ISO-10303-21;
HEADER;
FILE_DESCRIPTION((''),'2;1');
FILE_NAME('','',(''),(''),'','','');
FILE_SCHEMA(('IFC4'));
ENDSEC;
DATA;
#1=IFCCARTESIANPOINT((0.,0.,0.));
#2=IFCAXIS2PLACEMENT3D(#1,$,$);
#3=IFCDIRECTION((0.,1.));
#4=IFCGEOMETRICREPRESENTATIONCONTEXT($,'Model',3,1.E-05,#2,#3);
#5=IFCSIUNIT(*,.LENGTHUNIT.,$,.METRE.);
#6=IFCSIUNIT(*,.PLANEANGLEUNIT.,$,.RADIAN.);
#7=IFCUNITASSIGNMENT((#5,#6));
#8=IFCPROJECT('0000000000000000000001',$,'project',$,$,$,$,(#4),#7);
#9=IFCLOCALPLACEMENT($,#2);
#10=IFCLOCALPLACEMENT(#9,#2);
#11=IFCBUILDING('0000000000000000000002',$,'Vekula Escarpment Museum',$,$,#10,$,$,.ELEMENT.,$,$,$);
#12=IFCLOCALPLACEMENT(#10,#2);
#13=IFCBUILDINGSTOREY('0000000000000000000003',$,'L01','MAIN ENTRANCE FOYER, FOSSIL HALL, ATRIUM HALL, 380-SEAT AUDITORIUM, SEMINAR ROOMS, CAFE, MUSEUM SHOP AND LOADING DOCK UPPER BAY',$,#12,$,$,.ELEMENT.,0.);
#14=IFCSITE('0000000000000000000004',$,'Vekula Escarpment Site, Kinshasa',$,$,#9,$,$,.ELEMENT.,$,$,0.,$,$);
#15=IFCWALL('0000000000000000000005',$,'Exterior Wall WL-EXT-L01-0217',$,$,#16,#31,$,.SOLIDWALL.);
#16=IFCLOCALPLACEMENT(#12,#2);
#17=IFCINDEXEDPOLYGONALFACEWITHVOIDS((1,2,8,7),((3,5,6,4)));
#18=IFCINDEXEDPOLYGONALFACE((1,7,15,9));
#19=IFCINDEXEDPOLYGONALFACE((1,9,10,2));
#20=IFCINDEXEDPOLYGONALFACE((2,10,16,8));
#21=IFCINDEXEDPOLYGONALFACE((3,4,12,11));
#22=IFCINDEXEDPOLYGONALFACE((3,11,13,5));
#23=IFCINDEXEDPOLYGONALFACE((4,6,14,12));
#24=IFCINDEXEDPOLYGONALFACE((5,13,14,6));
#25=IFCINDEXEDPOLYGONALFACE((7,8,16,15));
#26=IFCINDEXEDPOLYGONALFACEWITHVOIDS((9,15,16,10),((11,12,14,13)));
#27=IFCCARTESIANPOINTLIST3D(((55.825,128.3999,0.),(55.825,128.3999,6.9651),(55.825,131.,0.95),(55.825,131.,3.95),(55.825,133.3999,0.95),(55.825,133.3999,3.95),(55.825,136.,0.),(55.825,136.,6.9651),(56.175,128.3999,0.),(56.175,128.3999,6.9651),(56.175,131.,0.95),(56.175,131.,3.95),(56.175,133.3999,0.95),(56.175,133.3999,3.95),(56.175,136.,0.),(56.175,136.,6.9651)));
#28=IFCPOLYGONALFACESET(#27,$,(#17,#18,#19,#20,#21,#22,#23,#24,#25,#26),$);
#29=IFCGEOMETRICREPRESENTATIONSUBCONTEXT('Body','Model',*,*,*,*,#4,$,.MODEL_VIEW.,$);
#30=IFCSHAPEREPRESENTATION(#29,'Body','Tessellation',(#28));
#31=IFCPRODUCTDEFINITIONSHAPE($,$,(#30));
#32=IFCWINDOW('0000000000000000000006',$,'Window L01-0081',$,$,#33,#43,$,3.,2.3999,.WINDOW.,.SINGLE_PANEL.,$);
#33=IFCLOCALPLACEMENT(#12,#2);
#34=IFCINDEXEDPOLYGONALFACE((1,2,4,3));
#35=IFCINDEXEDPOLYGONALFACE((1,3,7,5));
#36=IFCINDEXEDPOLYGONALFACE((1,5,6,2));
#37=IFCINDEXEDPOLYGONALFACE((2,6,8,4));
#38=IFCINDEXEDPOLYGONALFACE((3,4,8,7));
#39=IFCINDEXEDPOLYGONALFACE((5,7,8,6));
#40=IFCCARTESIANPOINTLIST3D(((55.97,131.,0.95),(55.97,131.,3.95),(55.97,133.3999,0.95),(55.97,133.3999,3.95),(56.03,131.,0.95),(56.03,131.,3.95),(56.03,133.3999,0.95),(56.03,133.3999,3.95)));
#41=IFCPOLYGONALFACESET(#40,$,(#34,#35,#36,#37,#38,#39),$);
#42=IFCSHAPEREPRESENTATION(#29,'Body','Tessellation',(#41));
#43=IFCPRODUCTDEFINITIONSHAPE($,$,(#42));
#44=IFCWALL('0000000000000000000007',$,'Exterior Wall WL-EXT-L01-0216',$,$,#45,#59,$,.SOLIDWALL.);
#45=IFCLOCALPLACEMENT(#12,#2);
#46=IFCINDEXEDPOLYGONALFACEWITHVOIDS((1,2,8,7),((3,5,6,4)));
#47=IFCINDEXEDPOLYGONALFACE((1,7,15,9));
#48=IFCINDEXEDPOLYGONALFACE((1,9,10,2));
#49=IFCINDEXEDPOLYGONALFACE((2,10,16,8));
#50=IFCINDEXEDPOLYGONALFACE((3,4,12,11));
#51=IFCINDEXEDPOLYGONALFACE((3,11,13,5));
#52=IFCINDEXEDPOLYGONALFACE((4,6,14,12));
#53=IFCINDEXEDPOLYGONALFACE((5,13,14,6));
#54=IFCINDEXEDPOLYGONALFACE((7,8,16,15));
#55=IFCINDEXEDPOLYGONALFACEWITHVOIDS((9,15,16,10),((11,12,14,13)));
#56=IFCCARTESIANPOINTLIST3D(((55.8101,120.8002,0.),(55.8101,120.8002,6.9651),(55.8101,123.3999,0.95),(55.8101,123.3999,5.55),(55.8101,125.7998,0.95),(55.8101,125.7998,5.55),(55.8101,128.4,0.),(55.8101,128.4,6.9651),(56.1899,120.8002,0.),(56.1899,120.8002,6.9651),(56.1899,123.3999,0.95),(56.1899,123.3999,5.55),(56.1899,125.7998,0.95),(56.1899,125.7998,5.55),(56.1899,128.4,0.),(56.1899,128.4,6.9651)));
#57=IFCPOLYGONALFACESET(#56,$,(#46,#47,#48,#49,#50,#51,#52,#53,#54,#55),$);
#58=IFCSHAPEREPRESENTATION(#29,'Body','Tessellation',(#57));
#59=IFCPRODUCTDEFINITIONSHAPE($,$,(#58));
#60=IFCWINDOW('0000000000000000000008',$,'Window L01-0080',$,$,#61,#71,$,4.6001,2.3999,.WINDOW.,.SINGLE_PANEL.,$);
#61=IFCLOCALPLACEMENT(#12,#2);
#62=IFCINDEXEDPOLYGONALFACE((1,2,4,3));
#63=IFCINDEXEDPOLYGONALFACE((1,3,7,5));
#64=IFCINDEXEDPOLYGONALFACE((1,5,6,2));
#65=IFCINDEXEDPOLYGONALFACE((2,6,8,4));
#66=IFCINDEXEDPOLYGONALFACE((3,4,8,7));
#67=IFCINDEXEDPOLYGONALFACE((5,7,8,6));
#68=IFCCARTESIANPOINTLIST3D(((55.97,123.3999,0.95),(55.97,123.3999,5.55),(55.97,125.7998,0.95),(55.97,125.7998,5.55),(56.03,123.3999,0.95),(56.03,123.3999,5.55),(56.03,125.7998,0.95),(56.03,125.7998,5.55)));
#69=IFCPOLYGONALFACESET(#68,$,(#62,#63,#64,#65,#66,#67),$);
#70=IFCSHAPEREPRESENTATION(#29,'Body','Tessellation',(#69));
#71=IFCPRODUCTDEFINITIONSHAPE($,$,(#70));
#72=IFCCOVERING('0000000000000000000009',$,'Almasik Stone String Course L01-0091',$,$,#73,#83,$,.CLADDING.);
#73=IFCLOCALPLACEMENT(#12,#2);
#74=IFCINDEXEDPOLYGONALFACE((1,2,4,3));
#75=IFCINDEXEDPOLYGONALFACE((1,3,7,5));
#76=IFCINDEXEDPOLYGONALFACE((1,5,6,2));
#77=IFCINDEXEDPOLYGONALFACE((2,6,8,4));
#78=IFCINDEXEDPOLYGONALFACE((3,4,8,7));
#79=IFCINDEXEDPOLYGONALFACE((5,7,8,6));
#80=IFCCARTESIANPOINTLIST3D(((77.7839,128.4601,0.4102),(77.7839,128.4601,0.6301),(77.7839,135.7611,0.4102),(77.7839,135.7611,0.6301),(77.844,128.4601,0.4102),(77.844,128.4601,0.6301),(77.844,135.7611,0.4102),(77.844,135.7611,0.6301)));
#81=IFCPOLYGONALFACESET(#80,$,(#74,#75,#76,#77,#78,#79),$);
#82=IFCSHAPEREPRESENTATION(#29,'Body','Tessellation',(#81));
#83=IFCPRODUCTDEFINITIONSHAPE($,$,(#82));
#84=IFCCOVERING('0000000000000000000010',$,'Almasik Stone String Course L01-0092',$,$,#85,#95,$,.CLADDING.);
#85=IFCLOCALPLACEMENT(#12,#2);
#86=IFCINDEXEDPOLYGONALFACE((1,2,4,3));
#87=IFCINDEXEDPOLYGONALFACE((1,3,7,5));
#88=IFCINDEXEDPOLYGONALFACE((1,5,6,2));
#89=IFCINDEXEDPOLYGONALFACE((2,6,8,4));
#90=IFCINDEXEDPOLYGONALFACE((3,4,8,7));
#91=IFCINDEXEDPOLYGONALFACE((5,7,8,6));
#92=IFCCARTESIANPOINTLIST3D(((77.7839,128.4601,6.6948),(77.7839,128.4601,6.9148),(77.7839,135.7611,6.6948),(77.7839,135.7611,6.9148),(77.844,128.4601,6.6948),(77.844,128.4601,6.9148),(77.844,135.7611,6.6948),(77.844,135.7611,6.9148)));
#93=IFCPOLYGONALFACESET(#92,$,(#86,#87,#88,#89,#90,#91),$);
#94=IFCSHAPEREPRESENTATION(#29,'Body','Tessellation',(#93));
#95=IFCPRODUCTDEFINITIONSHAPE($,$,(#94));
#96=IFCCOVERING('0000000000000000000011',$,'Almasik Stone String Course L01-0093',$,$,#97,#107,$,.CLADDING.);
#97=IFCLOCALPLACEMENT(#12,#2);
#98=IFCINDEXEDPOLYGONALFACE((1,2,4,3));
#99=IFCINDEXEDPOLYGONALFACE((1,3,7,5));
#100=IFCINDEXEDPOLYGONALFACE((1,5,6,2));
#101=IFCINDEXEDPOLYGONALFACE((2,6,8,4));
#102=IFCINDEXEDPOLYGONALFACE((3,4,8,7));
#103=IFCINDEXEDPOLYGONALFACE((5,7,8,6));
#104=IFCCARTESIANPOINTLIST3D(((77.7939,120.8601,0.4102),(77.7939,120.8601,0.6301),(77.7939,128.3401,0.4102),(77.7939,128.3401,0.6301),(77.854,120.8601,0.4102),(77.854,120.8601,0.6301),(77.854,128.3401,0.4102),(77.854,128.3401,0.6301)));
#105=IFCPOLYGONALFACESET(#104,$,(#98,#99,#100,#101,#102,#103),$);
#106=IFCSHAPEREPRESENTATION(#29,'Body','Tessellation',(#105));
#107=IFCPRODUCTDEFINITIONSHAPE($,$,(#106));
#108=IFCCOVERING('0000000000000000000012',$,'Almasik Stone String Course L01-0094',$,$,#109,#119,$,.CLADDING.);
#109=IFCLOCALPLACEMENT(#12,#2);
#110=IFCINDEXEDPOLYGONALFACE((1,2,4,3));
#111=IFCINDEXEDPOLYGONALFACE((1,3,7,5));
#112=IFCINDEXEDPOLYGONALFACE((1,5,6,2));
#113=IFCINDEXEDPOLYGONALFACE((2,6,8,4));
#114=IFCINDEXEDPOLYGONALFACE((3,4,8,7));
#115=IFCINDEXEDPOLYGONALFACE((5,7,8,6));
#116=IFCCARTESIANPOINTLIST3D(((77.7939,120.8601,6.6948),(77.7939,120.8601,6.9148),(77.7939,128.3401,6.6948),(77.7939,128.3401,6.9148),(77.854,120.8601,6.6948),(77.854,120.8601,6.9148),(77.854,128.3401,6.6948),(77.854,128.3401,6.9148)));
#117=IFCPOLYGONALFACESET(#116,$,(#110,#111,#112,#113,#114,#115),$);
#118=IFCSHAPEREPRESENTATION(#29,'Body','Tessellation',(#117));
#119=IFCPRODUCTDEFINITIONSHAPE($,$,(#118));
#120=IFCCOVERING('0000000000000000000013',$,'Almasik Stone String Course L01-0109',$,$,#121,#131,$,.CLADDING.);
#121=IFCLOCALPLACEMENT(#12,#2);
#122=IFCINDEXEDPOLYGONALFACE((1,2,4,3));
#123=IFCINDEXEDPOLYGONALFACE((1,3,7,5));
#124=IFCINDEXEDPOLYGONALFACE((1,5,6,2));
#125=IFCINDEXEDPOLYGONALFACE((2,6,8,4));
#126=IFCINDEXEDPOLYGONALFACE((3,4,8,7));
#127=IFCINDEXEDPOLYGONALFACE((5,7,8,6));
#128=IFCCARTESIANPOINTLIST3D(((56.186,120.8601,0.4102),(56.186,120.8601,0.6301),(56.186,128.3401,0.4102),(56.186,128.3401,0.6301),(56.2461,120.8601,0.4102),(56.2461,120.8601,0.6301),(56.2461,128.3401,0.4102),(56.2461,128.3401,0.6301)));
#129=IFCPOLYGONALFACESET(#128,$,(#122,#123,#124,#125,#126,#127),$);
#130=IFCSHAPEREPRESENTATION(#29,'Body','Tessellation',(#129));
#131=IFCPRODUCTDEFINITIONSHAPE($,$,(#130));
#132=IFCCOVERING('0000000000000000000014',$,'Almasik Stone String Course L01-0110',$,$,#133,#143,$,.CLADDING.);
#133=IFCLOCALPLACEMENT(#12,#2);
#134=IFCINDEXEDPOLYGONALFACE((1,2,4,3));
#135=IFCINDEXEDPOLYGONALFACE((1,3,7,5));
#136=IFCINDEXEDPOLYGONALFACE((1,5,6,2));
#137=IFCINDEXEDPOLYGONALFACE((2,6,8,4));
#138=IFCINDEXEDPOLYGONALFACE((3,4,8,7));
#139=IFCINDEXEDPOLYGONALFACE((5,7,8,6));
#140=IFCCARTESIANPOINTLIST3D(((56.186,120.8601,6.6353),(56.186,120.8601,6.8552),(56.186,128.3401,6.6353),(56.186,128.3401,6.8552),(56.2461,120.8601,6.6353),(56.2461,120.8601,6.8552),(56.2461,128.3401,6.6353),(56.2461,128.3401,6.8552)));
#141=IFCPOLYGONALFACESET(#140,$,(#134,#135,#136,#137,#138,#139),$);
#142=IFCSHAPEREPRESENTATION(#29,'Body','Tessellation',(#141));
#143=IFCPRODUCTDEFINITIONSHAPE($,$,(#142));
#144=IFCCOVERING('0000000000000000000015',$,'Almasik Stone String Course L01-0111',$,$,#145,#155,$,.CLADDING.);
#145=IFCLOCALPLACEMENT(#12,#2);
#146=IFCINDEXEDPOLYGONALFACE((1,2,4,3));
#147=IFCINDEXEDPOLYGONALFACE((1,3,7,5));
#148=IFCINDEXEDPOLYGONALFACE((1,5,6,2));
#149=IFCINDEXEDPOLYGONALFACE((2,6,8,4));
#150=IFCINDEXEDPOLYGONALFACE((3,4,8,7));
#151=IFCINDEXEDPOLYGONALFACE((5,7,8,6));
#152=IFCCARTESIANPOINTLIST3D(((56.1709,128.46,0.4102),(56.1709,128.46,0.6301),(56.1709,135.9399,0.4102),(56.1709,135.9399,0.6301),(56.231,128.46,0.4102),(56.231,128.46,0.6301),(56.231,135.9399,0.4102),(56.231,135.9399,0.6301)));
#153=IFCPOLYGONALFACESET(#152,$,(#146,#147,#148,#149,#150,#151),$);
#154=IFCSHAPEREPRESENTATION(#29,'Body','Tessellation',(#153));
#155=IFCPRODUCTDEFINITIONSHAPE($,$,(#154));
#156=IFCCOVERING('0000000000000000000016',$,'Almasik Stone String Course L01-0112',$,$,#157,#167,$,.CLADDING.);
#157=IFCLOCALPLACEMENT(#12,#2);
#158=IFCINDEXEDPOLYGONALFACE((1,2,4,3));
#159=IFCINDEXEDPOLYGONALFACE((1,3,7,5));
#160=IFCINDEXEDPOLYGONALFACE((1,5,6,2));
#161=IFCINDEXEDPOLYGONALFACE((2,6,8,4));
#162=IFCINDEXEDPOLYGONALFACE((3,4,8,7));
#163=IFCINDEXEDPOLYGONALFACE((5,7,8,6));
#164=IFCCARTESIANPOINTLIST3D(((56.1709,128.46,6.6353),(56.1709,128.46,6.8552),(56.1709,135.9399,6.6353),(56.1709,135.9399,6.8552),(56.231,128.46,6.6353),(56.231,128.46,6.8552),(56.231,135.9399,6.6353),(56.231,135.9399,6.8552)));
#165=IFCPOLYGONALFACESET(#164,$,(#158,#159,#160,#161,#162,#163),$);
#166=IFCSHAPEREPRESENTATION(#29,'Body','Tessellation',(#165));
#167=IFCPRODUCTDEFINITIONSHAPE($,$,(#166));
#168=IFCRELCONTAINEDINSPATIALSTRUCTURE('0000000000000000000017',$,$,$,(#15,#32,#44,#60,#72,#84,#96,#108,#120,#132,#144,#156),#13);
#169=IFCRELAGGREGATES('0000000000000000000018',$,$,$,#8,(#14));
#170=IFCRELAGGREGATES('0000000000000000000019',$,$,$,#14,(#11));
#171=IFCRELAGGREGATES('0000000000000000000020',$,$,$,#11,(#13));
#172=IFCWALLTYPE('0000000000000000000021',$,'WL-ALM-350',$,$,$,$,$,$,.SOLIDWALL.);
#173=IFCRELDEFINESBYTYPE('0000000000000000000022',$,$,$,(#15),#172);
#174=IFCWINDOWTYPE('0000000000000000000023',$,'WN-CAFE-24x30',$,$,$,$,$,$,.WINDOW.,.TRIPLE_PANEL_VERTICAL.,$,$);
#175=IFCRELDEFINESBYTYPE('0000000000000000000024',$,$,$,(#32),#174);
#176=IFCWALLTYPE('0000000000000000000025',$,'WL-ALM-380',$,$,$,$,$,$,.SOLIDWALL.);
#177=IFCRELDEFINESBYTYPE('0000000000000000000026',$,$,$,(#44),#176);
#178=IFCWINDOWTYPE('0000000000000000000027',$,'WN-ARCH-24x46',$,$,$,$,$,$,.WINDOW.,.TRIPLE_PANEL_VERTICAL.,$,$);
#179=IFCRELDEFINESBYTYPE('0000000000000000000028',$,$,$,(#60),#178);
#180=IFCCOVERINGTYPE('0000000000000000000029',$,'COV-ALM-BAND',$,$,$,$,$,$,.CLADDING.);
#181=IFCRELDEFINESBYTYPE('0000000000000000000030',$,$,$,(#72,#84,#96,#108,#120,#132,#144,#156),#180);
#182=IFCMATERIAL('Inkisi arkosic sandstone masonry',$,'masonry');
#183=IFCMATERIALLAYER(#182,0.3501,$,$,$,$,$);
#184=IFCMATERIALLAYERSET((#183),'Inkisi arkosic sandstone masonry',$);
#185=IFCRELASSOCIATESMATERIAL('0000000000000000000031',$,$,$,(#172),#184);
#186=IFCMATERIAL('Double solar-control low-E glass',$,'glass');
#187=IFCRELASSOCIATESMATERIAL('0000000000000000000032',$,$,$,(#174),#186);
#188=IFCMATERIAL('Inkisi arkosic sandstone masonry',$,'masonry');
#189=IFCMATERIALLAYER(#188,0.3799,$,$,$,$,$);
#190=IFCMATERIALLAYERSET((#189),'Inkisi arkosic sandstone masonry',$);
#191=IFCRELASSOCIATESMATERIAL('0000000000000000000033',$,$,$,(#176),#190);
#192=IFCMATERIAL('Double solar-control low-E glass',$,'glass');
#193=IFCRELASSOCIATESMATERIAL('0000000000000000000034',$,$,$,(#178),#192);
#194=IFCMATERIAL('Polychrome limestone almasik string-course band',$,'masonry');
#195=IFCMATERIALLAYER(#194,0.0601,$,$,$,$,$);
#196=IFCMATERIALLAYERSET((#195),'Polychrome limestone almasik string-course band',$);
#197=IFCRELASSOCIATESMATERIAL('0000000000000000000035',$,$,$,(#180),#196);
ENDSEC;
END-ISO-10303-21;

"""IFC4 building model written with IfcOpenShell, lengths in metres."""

from ifc_helpers import new_model, si_unit, direction, frame, frame_2d, origin, origin_2d, place, context, subcontext, project, spatial, rectangle, extrude, material, layer, layer_set, type_object, element, fill, save


model = new_model("IFC4")

# Units and contexts
model_context = context("Model", 3, precision=1e-05, world=origin(), true_north=direction((0.0, 1.0)))
body_context = subcontext(model_context, "Body", "Model", "MODEL_VIEW")
ifc_project = project(units=[si_unit("LENGTHUNIT", "METRE"), si_unit("PLANEANGLEUNIT", "RADIAN")], contexts=[model_context])

# Site, building, storey
site_placement = place(None, origin())
site = spatial("IfcSite", under=ifc_project, at=site_placement, Name="Vekula Escarpment Site, Kinshasa", CompositionType="ELEMENT", RefElevation=0.0)
building_placement = place(site_placement, origin())
building = spatial("IfcBuilding", under=site, at=building_placement, Name="Vekula Escarpment Museum", CompositionType="ELEMENT")
storey_placement = place(building_placement, origin())
storey = spatial("IfcBuildingStorey", under=building, at=storey_placement, Name="L01", Description="MAIN ENTRANCE FOYER, FOSSIL HALL, ATRIUM HALL, 380-SEAT AUDITORIUM, SEMINAR ROOMS, CAFE, MUSEUM SHOP AND LOADING DOCK UPPER BAY", CompositionType="ELEMENT", Elevation=0.0)

# Walls, openings, windows
ifc_material_1 = material(Name="Inkisi arkosic sandstone masonry", Category="masonry")
ifc_layer_1 = layer(ifc_material_1, 0.3501)
ifc_layer_set_1 = layer_set([ifc_layer_1], Name="Inkisi arkosic sandstone masonry")
wall_type_1 = type_object("IfcWallType", Name="WL-ALM-350", PredefinedType="SOLIDWALL", material=ifc_layer_set_1)
wall_1_placement = place(storey_placement, frame((56.0, 136.0, 0.0), z_axis=(0.0, 0.0, 1.0), x_axis=(0.0, -1.0, 0.0)))
wall_1 = element("IfcWall", 1, at=wall_1_placement, inside=storey, type_object=wall_type_1, Name="Exterior Wall WL-EXT-L01-0217", PredefinedType="SOLIDWALL", context=body_context, shape_type="SweptSolid", body=[
    extrude(rectangle(XDim=7.6001, YDim=0.3501, at=frame_2d((3.8, 0.0))), origin(), (0.0, 0.0, 1.0), 6.9651),
])
opening_1_placement = place(wall_1_placement, frame((2.6001, 0.0, 0.95)))
opening_1 = element("IfcOpeningElement", 2, at=opening_1_placement, cuts=wall_1, PredefinedType="OPENING", context=body_context, shape_type="SweptSolid", body=[
    extrude(rectangle(XDim=2.3999, YDim=3.0, at=frame_2d((1.2, 1.5))), frame((0.0, 0.1851, 0.0), z_axis=(0.0, -1.0, 0.0), x_axis=(1.0, 0.0, 0.0)), (0.0, 0.0, 1.0), 0.3701),
])
ifc_material_2 = material(Name="Double solar-control low-E glass", Category="glass")
window_type_1 = type_object("IfcWindowType", Name="WN-CAFE-24x30", PartitioningType="TRIPLE_PANEL_VERTICAL", PredefinedType="WINDOW", material=ifc_material_2)
window_1_placement = place(opening_1_placement, origin())
window_1 = element("IfcWindow", 3, at=window_1_placement, inside=storey, type_object=window_type_1, Name="Window L01-0081", OverallHeight=3.0, OverallWidth=2.3999, PartitioningType="SINGLE_PANEL", PredefinedType="WINDOW", context=body_context, shape_type="SweptSolid", body=[
    extrude(rectangle(XDim=2.3999, YDim=3.0, at=frame_2d((1.2, 1.5))), frame((0.0, 0.03, 0.0), z_axis=(0.0, -1.0, 0.0), x_axis=(1.0, 0.0, 0.0)), (0.0, 0.0, 1.0), 0.0601),
])
fill(opening_1, window_1)
ifc_material_3 = material(Name="Inkisi arkosic sandstone masonry", Category="masonry")
ifc_layer_2 = layer(ifc_material_3, 0.3799)
ifc_layer_set_2 = layer_set([ifc_layer_2], Name="Inkisi arkosic sandstone masonry")
wall_type_2 = type_object("IfcWallType", Name="WL-ALM-380", PredefinedType="SOLIDWALL", material=ifc_layer_set_2)
wall_2_placement = place(storey_placement, frame((56.0, 128.3999, 0.0), z_axis=(0.0, 0.0, 1.0), x_axis=(0.0, -1.0, 0.0)))
wall_2 = element("IfcWall", 4, at=wall_2_placement, inside=storey, type_object=wall_type_2, Name="Exterior Wall WL-EXT-L01-0216", PredefinedType="SOLIDWALL", context=body_context, shape_type="SweptSolid", body=[
    extrude(rectangle(XDim=7.5999, YDim=0.3799, at=frame_2d((3.7998, 0.0))), origin(), (0.0, 0.0, 1.0), 6.9651),
])
opening_2_placement = place(wall_2_placement, frame((2.6001, 0.0, 0.95)))
opening_2 = element("IfcOpeningElement", 5, at=opening_2_placement, cuts=wall_2, PredefinedType="OPENING", context=body_context, shape_type="SweptSolid", body=[
    extrude(rectangle(XDim=2.3999, YDim=4.6001, at=frame_2d((1.2, 2.3))), frame((0.0, 0.2, 0.0), z_axis=(0.0, -1.0, 0.0), x_axis=(1.0, 0.0, 0.0)), (0.0, 0.0, 1.0), 0.3999),
])
ifc_material_4 = material(Name="Double solar-control low-E glass", Category="glass")
window_type_2 = type_object("IfcWindowType", Name="WN-ARCH-24x46", PartitioningType="TRIPLE_PANEL_VERTICAL", PredefinedType="WINDOW", material=ifc_material_4)
window_2_placement = place(opening_2_placement, origin())
window_2 = element("IfcWindow", 6, at=window_2_placement, inside=storey, type_object=window_type_2, Name="Window L01-0080", OverallHeight=4.6001, OverallWidth=2.3999, PartitioningType="SINGLE_PANEL", PredefinedType="WINDOW", context=body_context, shape_type="SweptSolid", body=[
    extrude(rectangle(XDim=2.3999, YDim=4.6001, at=frame_2d((1.2, 2.3))), frame((0.0, 0.03, 0.0), z_axis=(0.0, -1.0, 0.0), x_axis=(1.0, 0.0, 0.0)), (0.0, 0.0, 1.0), 0.0601),
])
fill(opening_2, window_2)

# Coverings
ifc_material_5 = material(Name="Polychrome limestone almasik string-course band", Category="masonry")
ifc_layer_3 = layer(ifc_material_5, 0.0601)
ifc_layer_set_3 = layer_set([ifc_layer_3], Name="Polychrome limestone almasik string-course band")
covering_type = type_object("IfcCoveringType", Name="COV-ALM-BAND", PredefinedType="CLADDING", material=ifc_layer_set_3)
for number, where, z_axis, x_axis, name in (
    (7, (77.814, 132.1106, 0.4102), (0.0, 0.0, 1.0), (0.0, 1.0, 0.0), "Almasik Stone String Course L01-0091"),
    (8, (77.814, 132.1106, 6.6948), (0.0, 0.0, 1.0), (0.0, 1.0, 0.0), "Almasik Stone String Course L01-0092"),
):
    element("IfcCovering", number, at=place(storey_placement, frame(where, z_axis=z_axis, x_axis=x_axis)), inside=storey, type_object=covering_type, Name=name, PredefinedType="CLADDING", context=body_context, shape_type="SweptSolid", body=[
        extrude(rectangle(XDim=7.301, YDim=0.0601, at=origin_2d()), origin(), (0.0, 0.0, 1.0), 0.22),
    ])
for number, where, z_axis, x_axis, name in (
    (9, (77.824, 124.6001, 0.4102), (0.0, 0.0, 1.0), (0.0, 1.0, 0.0), "Almasik Stone String Course L01-0093"),
    (10, (77.824, 124.6001, 6.6948), (0.0, 0.0, 1.0), (0.0, 1.0, 0.0), "Almasik Stone String Course L01-0094"),
    (11, (56.2161, 124.6001, 0.4102), (0.0, 0.0, 1.0), (0.0, 1.0, 0.0), "Almasik Stone String Course L01-0109"),
    (12, (56.2161, 124.6001, 6.6353), (0.0, 0.0, 1.0), (0.0, 1.0, 0.0), "Almasik Stone String Course L01-0110"),
    (13, (56.2009, 132.2, 0.4102), (0.0, 0.0, 1.0), (0.0, 1.0, 0.0), "Almasik Stone String Course L01-0111"),
    (14, (56.2009, 132.2, 6.6353), (0.0, 0.0, 1.0), (0.0, 1.0, 0.0), "Almasik Stone String Course L01-0112"),
):
    element("IfcCovering", number, at=place(storey_placement, frame(where, z_axis=z_axis, x_axis=x_axis)), inside=storey, type_object=covering_type, Name=name, PredefinedType="CLADDING", context=body_context, shape_type="SweptSolid", body=[
        extrude(rectangle(XDim=7.48, YDim=0.0601, at=origin_2d()), origin(), (0.0, 0.0, 1.0), 0.22),
    ])

save(model, "model.ifc")
